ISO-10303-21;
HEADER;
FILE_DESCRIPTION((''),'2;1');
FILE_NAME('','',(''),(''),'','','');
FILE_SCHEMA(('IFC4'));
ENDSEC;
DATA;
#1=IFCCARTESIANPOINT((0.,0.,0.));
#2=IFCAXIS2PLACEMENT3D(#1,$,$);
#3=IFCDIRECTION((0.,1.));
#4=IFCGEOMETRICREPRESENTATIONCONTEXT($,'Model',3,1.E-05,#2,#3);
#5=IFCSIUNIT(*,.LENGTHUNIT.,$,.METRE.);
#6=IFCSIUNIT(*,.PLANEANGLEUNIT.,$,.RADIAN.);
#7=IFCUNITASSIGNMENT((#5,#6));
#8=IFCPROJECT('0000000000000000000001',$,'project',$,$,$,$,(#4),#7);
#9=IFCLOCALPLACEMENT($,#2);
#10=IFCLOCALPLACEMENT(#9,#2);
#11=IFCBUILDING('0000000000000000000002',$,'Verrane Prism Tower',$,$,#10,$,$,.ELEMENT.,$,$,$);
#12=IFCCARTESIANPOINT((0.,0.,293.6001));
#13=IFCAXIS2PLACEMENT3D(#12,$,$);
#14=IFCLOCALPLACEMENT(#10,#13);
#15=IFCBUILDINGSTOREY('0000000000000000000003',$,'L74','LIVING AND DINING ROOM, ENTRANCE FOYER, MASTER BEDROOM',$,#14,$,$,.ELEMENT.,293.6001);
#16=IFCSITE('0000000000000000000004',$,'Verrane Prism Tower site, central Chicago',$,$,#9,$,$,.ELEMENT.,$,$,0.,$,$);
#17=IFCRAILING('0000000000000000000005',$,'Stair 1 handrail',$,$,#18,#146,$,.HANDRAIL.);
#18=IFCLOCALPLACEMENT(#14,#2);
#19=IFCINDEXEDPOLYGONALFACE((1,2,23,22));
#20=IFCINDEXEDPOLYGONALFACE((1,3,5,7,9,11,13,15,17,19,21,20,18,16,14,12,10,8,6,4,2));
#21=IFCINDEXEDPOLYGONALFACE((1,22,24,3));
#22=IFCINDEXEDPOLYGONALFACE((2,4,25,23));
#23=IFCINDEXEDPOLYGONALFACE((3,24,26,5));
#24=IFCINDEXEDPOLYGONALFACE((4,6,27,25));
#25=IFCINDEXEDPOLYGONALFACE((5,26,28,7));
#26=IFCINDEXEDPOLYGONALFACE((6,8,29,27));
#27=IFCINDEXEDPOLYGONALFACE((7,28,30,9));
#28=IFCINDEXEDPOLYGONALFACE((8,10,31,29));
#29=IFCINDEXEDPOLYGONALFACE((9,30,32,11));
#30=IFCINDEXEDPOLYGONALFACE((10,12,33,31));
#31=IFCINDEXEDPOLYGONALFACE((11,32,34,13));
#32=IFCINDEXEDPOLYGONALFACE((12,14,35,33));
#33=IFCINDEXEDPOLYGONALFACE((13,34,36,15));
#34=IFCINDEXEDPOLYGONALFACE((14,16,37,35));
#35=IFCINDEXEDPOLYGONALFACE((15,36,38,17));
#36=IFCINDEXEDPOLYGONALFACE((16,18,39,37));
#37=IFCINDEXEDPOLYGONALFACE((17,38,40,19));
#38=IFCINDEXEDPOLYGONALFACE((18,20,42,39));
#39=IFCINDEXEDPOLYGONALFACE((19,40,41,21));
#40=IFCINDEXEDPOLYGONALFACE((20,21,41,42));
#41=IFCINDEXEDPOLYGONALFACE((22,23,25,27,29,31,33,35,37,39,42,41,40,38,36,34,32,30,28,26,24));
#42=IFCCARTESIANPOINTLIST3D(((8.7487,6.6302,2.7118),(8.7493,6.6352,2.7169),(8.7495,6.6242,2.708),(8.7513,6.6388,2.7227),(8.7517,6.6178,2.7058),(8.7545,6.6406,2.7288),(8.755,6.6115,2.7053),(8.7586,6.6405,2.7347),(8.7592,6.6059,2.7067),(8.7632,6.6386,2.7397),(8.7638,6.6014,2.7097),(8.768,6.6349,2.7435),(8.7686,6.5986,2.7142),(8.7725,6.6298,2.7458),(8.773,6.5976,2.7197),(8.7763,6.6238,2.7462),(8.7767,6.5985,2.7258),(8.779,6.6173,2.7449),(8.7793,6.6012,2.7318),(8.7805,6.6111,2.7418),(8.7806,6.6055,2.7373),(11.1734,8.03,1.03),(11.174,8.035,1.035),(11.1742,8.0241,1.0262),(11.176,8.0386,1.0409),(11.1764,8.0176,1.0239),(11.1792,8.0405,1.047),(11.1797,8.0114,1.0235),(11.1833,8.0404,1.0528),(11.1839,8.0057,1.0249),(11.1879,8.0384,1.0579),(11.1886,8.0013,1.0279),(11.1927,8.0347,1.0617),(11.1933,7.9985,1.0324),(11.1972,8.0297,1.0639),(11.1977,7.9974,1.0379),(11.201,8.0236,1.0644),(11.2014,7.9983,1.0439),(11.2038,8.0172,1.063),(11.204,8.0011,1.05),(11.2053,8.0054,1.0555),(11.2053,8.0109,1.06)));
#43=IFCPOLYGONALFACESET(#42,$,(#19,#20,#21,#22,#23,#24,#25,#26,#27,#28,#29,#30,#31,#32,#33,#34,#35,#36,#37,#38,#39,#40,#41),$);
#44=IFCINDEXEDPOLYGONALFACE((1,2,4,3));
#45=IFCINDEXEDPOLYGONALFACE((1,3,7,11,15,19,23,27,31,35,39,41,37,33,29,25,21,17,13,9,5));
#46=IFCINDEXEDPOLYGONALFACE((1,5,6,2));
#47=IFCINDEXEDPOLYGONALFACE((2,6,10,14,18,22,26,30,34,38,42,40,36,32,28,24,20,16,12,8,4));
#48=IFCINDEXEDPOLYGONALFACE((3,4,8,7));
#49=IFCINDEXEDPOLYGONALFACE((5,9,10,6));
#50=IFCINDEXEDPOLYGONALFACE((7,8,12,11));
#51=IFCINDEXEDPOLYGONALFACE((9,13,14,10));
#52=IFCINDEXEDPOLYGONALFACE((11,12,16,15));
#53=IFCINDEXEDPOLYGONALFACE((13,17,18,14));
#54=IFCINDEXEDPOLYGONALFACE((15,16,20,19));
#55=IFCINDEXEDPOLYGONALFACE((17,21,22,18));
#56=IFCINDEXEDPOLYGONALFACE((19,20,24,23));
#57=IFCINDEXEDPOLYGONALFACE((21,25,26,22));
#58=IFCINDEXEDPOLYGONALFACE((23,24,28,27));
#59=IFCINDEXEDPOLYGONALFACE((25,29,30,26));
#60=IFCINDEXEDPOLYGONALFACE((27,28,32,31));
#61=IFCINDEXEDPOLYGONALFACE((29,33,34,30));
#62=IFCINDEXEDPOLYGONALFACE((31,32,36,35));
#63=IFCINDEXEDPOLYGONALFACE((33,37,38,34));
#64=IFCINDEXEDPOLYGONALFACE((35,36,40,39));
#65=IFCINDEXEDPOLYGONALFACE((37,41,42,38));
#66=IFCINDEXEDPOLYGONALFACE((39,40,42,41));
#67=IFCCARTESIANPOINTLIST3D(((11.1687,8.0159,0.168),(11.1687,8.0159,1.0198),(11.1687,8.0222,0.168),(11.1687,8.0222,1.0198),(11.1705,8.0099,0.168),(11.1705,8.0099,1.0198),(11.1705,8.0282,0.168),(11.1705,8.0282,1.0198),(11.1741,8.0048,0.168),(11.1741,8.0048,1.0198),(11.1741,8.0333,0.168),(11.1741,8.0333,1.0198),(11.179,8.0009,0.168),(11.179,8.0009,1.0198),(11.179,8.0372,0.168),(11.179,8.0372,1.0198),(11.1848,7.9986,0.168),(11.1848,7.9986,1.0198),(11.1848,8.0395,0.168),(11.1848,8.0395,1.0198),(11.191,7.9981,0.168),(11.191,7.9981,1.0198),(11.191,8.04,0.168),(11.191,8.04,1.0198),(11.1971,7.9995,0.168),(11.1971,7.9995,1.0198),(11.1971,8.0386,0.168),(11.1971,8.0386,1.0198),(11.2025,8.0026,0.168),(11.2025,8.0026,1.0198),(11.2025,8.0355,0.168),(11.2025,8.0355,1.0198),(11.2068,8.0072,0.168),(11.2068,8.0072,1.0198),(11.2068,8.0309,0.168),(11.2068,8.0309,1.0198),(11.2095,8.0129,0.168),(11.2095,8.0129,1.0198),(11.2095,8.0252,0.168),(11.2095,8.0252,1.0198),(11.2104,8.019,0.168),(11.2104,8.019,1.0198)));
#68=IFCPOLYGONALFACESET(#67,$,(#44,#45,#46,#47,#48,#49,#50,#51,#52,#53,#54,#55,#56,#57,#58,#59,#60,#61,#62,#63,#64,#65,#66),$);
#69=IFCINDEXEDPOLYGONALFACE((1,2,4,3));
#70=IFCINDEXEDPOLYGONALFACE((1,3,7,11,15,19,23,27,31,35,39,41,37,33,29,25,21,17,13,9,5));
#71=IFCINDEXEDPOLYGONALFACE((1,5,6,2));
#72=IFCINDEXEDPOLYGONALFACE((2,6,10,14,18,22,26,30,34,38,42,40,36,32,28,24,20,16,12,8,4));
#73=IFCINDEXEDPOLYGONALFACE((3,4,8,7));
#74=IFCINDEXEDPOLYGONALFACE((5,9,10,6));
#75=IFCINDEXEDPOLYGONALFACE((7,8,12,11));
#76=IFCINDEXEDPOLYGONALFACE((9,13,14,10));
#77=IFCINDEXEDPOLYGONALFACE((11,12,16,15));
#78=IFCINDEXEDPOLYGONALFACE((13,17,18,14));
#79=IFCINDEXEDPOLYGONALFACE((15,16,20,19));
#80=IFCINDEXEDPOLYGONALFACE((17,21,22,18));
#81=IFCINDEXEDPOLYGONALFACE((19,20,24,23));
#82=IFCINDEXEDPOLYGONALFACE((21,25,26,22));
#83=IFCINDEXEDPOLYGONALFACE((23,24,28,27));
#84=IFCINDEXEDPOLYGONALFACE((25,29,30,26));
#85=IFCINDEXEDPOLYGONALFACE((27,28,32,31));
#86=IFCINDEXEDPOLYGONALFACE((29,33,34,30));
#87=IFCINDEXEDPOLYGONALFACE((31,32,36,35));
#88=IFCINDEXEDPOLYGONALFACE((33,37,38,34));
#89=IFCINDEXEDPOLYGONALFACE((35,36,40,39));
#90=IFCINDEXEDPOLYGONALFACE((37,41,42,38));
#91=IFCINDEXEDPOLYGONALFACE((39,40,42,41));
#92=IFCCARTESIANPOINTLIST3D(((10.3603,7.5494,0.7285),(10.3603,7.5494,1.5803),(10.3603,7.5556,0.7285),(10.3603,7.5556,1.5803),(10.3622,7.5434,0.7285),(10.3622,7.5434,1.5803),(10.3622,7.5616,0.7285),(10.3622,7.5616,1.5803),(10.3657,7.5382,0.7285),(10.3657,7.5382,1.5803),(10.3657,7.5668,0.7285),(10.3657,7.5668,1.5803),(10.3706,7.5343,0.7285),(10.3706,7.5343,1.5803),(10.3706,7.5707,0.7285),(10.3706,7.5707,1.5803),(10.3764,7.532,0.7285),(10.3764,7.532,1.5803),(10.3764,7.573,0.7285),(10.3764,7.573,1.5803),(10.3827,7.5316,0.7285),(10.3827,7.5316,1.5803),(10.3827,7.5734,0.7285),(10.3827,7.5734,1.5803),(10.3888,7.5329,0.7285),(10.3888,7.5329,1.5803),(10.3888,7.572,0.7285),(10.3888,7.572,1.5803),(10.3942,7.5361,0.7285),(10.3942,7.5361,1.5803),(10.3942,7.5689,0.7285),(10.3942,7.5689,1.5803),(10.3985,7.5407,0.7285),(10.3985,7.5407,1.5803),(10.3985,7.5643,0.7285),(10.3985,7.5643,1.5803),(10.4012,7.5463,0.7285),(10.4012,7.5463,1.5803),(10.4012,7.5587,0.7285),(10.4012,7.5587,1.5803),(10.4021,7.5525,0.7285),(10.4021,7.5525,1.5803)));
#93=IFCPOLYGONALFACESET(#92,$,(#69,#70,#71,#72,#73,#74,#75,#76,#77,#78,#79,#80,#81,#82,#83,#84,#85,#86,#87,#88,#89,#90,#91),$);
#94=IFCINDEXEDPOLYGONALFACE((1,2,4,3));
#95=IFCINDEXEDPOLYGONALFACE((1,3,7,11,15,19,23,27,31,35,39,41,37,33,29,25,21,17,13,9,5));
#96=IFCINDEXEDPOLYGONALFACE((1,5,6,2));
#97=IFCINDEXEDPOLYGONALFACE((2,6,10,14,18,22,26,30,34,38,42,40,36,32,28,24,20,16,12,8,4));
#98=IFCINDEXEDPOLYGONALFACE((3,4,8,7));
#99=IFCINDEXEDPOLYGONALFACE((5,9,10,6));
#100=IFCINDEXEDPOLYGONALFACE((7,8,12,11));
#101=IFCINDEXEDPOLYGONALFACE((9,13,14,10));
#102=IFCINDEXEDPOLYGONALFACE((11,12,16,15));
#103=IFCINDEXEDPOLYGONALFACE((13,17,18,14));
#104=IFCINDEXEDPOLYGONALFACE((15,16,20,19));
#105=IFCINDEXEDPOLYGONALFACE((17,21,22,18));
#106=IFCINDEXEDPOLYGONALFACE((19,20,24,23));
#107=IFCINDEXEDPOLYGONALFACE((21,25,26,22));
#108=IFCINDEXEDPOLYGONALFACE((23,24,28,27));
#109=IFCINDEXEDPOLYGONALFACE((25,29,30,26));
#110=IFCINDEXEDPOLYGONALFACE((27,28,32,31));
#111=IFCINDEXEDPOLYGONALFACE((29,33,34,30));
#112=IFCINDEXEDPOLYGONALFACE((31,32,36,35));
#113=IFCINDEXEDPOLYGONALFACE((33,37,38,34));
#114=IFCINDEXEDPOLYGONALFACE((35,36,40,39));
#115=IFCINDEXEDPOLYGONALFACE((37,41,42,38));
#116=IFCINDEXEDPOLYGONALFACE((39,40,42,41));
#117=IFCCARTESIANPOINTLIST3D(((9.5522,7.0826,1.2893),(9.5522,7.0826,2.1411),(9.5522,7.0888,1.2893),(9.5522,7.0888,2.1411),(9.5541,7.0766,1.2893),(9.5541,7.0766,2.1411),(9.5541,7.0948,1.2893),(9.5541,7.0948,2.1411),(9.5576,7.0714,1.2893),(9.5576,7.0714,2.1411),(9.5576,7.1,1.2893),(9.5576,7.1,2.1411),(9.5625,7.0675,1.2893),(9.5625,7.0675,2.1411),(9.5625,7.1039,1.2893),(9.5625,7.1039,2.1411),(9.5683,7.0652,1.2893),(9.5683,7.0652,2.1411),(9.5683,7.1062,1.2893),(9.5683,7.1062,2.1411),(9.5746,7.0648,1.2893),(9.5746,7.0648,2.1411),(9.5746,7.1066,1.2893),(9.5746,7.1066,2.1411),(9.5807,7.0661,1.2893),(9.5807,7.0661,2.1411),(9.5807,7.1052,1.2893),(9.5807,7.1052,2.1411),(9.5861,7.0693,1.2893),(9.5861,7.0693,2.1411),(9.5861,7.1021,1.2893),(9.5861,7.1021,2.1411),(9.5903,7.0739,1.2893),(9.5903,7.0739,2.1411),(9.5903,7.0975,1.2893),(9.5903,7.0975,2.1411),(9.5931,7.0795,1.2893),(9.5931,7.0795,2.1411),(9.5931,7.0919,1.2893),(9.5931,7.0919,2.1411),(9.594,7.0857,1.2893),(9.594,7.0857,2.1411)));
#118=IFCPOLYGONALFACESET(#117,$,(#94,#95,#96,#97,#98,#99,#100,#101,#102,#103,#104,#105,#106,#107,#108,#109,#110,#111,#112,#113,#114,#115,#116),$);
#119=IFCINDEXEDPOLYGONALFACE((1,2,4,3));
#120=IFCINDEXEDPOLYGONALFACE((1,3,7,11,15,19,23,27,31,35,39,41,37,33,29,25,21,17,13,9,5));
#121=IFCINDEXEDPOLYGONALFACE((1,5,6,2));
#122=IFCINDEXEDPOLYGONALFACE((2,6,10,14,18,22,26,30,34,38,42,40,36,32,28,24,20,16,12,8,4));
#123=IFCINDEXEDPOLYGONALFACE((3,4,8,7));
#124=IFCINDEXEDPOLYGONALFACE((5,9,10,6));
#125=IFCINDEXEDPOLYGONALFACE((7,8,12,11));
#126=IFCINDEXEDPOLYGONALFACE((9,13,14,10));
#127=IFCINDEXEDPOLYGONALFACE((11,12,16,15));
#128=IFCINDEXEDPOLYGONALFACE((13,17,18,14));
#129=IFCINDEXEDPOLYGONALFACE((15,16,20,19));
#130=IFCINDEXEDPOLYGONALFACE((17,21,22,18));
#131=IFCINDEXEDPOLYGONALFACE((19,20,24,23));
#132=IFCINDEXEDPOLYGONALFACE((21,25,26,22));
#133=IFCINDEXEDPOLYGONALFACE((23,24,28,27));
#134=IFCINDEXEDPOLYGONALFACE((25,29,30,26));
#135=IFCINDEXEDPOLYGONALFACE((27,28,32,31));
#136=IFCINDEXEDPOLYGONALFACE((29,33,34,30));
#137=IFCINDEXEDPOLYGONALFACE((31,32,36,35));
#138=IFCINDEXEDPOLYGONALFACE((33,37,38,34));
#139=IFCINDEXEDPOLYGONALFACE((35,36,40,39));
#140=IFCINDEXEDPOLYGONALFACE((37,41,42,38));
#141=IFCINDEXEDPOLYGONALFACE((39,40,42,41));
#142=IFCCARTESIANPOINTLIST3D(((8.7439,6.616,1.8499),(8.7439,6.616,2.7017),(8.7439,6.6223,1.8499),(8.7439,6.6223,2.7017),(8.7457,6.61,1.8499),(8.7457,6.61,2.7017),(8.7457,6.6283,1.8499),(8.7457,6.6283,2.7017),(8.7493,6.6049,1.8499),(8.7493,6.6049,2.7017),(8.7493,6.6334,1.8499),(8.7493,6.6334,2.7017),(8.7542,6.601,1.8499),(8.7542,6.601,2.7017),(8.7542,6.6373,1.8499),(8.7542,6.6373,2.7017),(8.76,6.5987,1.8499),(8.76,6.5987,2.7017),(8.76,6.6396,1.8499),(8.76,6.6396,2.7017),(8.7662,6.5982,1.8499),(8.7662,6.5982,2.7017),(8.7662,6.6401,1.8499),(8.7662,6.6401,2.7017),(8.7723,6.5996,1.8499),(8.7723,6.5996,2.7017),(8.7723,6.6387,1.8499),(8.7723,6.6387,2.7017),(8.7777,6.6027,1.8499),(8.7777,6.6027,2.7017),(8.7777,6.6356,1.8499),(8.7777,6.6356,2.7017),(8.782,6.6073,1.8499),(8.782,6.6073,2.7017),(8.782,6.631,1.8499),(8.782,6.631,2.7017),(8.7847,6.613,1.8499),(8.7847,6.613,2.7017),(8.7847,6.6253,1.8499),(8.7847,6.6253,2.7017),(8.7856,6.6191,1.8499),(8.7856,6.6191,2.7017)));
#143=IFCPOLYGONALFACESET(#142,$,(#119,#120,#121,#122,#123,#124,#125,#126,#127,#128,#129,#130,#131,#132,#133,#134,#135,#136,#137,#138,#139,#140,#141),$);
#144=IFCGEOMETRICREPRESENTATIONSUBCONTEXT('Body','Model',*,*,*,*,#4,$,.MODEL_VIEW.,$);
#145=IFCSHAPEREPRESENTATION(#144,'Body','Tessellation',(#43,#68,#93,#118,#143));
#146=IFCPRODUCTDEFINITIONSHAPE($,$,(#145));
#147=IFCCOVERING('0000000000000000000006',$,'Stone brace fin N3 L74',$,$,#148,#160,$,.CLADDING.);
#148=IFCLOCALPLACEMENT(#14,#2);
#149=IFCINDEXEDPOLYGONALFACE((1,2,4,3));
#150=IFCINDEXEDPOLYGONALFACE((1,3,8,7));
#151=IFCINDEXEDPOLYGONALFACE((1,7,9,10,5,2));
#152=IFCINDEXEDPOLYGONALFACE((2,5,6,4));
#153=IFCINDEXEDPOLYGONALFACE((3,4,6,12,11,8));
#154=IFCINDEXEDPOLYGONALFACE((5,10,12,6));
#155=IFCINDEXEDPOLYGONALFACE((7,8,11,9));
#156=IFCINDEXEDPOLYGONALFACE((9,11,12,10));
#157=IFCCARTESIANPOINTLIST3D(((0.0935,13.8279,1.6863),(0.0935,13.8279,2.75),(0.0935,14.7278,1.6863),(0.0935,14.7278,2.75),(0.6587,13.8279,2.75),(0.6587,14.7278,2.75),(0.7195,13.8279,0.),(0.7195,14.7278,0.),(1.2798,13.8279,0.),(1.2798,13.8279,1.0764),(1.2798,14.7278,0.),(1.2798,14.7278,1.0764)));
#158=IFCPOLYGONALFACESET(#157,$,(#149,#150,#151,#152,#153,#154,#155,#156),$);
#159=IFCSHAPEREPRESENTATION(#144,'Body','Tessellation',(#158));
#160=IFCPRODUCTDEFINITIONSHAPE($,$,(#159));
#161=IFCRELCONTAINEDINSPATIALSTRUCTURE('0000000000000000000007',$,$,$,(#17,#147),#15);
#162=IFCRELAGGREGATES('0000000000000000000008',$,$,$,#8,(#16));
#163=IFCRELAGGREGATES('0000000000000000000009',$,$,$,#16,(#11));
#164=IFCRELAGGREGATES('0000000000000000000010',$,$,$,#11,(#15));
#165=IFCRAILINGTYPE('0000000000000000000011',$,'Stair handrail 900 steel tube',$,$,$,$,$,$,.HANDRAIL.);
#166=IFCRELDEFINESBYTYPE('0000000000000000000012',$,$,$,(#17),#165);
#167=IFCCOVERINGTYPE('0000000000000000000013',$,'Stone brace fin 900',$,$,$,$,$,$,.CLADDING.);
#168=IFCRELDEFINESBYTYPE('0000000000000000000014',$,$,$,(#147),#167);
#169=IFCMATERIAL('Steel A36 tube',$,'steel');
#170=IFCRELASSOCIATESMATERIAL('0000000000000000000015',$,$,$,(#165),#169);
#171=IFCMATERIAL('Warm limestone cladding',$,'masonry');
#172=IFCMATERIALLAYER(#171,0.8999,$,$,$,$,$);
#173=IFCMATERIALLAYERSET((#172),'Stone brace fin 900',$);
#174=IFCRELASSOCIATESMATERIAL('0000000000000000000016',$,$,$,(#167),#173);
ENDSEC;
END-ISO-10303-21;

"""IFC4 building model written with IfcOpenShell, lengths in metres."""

from ifc_helpers import new_model, si_unit, direction, frame, origin, origin_2d, place, context, subcontext, project, spatial, polyline, circle, outline, extrude, material, layer, layer_set, type_object, element, save


model = new_model("IFC4")

# Units and contexts
model_context = context("Model", 3, precision=1e-05, world=origin(), true_north=direction((0.0, 1.0)))
body_context = subcontext(model_context, "Body", "Model", "MODEL_VIEW")
ifc_project = project(units=[si_unit("LENGTHUNIT", "METRE"), si_unit("PLANEANGLEUNIT", "RADIAN")], contexts=[model_context])

# Site, building, storey
site_placement = place(None, origin())
site = spatial("IfcSite", under=ifc_project, at=site_placement, Name="Verrane Prism Tower site, central Chicago", CompositionType="ELEMENT", RefElevation=0.0)
building_placement = place(site_placement, origin())
building = spatial("IfcBuilding", under=site, at=building_placement, Name="Verrane Prism Tower", CompositionType="ELEMENT")
storey_placement = place(building_placement, frame((0.0, 0.0, 293.6001)))
storey = spatial("IfcBuildingStorey", under=building, at=storey_placement, Name="L74", Description="LIVING AND DINING ROOM, ENTRANCE FOYER, MASTER BEDROOM", CompositionType="ELEMENT", Elevation=293.6001)

# Railing
ifc_material_1 = material(Name="Steel A36 tube", Category="steel")
railing_type_1 = type_object("IfcRailingType", Name="Stair handrail 900 steel tube", PredefinedType="HANDRAIL", material=ifc_material_1)
railing_1_placement = place(storey_placement, frame((11.1895, 8.019, 0.168)))
element("IfcRailing", 1, at=railing_1_placement, inside=storey, type_object=railing_type_1, Name="Stair 1 handrail", PredefinedType="HANDRAIL", context=body_context, shape_type="SweptSolid", body=[
    extrude(circle(Radius=0.0239, at=origin_2d()), frame((0.0, 0.0, 0.876), z_axis=(-0.74239, -0.428601, 0.514934), x_axis=(0.499984, -0.866035, 0.0)), (0.0, 0.0, 1.0), 3.2661),
    extrude(circle(Radius=0.021, at=origin_2d()), origin(), (0.0, 0.0, 1.0), 0.8518),
    extrude(circle(Radius=0.021, at=origin_2d()), frame((-0.8083, -0.4666, 0.5605)), (0.0, 0.0, 1.0), 0.8518),
    extrude(circle(Radius=0.021, at=origin_2d()), frame((-1.6165, -0.9333, 1.1213)), (0.0, 0.0, 1.0), 0.8518),
    extrude(circle(Radius=0.021, at=origin_2d()), frame((-2.4248, -1.3999, 1.6819)), (0.0, 0.0, 1.0), 0.8518),
])

# Covering
ifc_material_2 = material(Name="Warm limestone cladding", Category="masonry")
ifc_layer_1 = layer(ifc_material_2, 0.8999)
ifc_layer_set_1 = layer_set([ifc_layer_1], Name="Stone brace fin 900")
covering_type = type_object("IfcCoveringType", Name="Stone brace fin 900", PredefinedType="CLADDING", material=ifc_layer_set_1)
covering_placement = place(storey_placement, frame((1.2798, 14.2778, 0.0), z_axis=(0.0, 0.0, 1.0), x_axis=(-1.0, 0.0, 0.0)))
element("IfcCovering", 2, at=covering_placement, inside=storey, type_object=covering_type, Name="Stone brace fin N3 L74", PredefinedType="CLADDING", context=body_context, shape_type="SweptSolid", body=[
    extrude(outline(polyline([(1.1863, 2.75), (0.6211, 2.75), (0.0, 1.0764), (0.0, 0.0), (0.5603, 0.0), (1.1863, 1.6863), (1.1863, 2.75)])), frame((0.0, 0.45, 0.0), z_axis=(0.0, -1.0, 0.0), x_axis=(1.0, 0.0, 0.0)), (0.0, 0.0, 1.0), 0.8999),
])

save(model, "model.ifc")
